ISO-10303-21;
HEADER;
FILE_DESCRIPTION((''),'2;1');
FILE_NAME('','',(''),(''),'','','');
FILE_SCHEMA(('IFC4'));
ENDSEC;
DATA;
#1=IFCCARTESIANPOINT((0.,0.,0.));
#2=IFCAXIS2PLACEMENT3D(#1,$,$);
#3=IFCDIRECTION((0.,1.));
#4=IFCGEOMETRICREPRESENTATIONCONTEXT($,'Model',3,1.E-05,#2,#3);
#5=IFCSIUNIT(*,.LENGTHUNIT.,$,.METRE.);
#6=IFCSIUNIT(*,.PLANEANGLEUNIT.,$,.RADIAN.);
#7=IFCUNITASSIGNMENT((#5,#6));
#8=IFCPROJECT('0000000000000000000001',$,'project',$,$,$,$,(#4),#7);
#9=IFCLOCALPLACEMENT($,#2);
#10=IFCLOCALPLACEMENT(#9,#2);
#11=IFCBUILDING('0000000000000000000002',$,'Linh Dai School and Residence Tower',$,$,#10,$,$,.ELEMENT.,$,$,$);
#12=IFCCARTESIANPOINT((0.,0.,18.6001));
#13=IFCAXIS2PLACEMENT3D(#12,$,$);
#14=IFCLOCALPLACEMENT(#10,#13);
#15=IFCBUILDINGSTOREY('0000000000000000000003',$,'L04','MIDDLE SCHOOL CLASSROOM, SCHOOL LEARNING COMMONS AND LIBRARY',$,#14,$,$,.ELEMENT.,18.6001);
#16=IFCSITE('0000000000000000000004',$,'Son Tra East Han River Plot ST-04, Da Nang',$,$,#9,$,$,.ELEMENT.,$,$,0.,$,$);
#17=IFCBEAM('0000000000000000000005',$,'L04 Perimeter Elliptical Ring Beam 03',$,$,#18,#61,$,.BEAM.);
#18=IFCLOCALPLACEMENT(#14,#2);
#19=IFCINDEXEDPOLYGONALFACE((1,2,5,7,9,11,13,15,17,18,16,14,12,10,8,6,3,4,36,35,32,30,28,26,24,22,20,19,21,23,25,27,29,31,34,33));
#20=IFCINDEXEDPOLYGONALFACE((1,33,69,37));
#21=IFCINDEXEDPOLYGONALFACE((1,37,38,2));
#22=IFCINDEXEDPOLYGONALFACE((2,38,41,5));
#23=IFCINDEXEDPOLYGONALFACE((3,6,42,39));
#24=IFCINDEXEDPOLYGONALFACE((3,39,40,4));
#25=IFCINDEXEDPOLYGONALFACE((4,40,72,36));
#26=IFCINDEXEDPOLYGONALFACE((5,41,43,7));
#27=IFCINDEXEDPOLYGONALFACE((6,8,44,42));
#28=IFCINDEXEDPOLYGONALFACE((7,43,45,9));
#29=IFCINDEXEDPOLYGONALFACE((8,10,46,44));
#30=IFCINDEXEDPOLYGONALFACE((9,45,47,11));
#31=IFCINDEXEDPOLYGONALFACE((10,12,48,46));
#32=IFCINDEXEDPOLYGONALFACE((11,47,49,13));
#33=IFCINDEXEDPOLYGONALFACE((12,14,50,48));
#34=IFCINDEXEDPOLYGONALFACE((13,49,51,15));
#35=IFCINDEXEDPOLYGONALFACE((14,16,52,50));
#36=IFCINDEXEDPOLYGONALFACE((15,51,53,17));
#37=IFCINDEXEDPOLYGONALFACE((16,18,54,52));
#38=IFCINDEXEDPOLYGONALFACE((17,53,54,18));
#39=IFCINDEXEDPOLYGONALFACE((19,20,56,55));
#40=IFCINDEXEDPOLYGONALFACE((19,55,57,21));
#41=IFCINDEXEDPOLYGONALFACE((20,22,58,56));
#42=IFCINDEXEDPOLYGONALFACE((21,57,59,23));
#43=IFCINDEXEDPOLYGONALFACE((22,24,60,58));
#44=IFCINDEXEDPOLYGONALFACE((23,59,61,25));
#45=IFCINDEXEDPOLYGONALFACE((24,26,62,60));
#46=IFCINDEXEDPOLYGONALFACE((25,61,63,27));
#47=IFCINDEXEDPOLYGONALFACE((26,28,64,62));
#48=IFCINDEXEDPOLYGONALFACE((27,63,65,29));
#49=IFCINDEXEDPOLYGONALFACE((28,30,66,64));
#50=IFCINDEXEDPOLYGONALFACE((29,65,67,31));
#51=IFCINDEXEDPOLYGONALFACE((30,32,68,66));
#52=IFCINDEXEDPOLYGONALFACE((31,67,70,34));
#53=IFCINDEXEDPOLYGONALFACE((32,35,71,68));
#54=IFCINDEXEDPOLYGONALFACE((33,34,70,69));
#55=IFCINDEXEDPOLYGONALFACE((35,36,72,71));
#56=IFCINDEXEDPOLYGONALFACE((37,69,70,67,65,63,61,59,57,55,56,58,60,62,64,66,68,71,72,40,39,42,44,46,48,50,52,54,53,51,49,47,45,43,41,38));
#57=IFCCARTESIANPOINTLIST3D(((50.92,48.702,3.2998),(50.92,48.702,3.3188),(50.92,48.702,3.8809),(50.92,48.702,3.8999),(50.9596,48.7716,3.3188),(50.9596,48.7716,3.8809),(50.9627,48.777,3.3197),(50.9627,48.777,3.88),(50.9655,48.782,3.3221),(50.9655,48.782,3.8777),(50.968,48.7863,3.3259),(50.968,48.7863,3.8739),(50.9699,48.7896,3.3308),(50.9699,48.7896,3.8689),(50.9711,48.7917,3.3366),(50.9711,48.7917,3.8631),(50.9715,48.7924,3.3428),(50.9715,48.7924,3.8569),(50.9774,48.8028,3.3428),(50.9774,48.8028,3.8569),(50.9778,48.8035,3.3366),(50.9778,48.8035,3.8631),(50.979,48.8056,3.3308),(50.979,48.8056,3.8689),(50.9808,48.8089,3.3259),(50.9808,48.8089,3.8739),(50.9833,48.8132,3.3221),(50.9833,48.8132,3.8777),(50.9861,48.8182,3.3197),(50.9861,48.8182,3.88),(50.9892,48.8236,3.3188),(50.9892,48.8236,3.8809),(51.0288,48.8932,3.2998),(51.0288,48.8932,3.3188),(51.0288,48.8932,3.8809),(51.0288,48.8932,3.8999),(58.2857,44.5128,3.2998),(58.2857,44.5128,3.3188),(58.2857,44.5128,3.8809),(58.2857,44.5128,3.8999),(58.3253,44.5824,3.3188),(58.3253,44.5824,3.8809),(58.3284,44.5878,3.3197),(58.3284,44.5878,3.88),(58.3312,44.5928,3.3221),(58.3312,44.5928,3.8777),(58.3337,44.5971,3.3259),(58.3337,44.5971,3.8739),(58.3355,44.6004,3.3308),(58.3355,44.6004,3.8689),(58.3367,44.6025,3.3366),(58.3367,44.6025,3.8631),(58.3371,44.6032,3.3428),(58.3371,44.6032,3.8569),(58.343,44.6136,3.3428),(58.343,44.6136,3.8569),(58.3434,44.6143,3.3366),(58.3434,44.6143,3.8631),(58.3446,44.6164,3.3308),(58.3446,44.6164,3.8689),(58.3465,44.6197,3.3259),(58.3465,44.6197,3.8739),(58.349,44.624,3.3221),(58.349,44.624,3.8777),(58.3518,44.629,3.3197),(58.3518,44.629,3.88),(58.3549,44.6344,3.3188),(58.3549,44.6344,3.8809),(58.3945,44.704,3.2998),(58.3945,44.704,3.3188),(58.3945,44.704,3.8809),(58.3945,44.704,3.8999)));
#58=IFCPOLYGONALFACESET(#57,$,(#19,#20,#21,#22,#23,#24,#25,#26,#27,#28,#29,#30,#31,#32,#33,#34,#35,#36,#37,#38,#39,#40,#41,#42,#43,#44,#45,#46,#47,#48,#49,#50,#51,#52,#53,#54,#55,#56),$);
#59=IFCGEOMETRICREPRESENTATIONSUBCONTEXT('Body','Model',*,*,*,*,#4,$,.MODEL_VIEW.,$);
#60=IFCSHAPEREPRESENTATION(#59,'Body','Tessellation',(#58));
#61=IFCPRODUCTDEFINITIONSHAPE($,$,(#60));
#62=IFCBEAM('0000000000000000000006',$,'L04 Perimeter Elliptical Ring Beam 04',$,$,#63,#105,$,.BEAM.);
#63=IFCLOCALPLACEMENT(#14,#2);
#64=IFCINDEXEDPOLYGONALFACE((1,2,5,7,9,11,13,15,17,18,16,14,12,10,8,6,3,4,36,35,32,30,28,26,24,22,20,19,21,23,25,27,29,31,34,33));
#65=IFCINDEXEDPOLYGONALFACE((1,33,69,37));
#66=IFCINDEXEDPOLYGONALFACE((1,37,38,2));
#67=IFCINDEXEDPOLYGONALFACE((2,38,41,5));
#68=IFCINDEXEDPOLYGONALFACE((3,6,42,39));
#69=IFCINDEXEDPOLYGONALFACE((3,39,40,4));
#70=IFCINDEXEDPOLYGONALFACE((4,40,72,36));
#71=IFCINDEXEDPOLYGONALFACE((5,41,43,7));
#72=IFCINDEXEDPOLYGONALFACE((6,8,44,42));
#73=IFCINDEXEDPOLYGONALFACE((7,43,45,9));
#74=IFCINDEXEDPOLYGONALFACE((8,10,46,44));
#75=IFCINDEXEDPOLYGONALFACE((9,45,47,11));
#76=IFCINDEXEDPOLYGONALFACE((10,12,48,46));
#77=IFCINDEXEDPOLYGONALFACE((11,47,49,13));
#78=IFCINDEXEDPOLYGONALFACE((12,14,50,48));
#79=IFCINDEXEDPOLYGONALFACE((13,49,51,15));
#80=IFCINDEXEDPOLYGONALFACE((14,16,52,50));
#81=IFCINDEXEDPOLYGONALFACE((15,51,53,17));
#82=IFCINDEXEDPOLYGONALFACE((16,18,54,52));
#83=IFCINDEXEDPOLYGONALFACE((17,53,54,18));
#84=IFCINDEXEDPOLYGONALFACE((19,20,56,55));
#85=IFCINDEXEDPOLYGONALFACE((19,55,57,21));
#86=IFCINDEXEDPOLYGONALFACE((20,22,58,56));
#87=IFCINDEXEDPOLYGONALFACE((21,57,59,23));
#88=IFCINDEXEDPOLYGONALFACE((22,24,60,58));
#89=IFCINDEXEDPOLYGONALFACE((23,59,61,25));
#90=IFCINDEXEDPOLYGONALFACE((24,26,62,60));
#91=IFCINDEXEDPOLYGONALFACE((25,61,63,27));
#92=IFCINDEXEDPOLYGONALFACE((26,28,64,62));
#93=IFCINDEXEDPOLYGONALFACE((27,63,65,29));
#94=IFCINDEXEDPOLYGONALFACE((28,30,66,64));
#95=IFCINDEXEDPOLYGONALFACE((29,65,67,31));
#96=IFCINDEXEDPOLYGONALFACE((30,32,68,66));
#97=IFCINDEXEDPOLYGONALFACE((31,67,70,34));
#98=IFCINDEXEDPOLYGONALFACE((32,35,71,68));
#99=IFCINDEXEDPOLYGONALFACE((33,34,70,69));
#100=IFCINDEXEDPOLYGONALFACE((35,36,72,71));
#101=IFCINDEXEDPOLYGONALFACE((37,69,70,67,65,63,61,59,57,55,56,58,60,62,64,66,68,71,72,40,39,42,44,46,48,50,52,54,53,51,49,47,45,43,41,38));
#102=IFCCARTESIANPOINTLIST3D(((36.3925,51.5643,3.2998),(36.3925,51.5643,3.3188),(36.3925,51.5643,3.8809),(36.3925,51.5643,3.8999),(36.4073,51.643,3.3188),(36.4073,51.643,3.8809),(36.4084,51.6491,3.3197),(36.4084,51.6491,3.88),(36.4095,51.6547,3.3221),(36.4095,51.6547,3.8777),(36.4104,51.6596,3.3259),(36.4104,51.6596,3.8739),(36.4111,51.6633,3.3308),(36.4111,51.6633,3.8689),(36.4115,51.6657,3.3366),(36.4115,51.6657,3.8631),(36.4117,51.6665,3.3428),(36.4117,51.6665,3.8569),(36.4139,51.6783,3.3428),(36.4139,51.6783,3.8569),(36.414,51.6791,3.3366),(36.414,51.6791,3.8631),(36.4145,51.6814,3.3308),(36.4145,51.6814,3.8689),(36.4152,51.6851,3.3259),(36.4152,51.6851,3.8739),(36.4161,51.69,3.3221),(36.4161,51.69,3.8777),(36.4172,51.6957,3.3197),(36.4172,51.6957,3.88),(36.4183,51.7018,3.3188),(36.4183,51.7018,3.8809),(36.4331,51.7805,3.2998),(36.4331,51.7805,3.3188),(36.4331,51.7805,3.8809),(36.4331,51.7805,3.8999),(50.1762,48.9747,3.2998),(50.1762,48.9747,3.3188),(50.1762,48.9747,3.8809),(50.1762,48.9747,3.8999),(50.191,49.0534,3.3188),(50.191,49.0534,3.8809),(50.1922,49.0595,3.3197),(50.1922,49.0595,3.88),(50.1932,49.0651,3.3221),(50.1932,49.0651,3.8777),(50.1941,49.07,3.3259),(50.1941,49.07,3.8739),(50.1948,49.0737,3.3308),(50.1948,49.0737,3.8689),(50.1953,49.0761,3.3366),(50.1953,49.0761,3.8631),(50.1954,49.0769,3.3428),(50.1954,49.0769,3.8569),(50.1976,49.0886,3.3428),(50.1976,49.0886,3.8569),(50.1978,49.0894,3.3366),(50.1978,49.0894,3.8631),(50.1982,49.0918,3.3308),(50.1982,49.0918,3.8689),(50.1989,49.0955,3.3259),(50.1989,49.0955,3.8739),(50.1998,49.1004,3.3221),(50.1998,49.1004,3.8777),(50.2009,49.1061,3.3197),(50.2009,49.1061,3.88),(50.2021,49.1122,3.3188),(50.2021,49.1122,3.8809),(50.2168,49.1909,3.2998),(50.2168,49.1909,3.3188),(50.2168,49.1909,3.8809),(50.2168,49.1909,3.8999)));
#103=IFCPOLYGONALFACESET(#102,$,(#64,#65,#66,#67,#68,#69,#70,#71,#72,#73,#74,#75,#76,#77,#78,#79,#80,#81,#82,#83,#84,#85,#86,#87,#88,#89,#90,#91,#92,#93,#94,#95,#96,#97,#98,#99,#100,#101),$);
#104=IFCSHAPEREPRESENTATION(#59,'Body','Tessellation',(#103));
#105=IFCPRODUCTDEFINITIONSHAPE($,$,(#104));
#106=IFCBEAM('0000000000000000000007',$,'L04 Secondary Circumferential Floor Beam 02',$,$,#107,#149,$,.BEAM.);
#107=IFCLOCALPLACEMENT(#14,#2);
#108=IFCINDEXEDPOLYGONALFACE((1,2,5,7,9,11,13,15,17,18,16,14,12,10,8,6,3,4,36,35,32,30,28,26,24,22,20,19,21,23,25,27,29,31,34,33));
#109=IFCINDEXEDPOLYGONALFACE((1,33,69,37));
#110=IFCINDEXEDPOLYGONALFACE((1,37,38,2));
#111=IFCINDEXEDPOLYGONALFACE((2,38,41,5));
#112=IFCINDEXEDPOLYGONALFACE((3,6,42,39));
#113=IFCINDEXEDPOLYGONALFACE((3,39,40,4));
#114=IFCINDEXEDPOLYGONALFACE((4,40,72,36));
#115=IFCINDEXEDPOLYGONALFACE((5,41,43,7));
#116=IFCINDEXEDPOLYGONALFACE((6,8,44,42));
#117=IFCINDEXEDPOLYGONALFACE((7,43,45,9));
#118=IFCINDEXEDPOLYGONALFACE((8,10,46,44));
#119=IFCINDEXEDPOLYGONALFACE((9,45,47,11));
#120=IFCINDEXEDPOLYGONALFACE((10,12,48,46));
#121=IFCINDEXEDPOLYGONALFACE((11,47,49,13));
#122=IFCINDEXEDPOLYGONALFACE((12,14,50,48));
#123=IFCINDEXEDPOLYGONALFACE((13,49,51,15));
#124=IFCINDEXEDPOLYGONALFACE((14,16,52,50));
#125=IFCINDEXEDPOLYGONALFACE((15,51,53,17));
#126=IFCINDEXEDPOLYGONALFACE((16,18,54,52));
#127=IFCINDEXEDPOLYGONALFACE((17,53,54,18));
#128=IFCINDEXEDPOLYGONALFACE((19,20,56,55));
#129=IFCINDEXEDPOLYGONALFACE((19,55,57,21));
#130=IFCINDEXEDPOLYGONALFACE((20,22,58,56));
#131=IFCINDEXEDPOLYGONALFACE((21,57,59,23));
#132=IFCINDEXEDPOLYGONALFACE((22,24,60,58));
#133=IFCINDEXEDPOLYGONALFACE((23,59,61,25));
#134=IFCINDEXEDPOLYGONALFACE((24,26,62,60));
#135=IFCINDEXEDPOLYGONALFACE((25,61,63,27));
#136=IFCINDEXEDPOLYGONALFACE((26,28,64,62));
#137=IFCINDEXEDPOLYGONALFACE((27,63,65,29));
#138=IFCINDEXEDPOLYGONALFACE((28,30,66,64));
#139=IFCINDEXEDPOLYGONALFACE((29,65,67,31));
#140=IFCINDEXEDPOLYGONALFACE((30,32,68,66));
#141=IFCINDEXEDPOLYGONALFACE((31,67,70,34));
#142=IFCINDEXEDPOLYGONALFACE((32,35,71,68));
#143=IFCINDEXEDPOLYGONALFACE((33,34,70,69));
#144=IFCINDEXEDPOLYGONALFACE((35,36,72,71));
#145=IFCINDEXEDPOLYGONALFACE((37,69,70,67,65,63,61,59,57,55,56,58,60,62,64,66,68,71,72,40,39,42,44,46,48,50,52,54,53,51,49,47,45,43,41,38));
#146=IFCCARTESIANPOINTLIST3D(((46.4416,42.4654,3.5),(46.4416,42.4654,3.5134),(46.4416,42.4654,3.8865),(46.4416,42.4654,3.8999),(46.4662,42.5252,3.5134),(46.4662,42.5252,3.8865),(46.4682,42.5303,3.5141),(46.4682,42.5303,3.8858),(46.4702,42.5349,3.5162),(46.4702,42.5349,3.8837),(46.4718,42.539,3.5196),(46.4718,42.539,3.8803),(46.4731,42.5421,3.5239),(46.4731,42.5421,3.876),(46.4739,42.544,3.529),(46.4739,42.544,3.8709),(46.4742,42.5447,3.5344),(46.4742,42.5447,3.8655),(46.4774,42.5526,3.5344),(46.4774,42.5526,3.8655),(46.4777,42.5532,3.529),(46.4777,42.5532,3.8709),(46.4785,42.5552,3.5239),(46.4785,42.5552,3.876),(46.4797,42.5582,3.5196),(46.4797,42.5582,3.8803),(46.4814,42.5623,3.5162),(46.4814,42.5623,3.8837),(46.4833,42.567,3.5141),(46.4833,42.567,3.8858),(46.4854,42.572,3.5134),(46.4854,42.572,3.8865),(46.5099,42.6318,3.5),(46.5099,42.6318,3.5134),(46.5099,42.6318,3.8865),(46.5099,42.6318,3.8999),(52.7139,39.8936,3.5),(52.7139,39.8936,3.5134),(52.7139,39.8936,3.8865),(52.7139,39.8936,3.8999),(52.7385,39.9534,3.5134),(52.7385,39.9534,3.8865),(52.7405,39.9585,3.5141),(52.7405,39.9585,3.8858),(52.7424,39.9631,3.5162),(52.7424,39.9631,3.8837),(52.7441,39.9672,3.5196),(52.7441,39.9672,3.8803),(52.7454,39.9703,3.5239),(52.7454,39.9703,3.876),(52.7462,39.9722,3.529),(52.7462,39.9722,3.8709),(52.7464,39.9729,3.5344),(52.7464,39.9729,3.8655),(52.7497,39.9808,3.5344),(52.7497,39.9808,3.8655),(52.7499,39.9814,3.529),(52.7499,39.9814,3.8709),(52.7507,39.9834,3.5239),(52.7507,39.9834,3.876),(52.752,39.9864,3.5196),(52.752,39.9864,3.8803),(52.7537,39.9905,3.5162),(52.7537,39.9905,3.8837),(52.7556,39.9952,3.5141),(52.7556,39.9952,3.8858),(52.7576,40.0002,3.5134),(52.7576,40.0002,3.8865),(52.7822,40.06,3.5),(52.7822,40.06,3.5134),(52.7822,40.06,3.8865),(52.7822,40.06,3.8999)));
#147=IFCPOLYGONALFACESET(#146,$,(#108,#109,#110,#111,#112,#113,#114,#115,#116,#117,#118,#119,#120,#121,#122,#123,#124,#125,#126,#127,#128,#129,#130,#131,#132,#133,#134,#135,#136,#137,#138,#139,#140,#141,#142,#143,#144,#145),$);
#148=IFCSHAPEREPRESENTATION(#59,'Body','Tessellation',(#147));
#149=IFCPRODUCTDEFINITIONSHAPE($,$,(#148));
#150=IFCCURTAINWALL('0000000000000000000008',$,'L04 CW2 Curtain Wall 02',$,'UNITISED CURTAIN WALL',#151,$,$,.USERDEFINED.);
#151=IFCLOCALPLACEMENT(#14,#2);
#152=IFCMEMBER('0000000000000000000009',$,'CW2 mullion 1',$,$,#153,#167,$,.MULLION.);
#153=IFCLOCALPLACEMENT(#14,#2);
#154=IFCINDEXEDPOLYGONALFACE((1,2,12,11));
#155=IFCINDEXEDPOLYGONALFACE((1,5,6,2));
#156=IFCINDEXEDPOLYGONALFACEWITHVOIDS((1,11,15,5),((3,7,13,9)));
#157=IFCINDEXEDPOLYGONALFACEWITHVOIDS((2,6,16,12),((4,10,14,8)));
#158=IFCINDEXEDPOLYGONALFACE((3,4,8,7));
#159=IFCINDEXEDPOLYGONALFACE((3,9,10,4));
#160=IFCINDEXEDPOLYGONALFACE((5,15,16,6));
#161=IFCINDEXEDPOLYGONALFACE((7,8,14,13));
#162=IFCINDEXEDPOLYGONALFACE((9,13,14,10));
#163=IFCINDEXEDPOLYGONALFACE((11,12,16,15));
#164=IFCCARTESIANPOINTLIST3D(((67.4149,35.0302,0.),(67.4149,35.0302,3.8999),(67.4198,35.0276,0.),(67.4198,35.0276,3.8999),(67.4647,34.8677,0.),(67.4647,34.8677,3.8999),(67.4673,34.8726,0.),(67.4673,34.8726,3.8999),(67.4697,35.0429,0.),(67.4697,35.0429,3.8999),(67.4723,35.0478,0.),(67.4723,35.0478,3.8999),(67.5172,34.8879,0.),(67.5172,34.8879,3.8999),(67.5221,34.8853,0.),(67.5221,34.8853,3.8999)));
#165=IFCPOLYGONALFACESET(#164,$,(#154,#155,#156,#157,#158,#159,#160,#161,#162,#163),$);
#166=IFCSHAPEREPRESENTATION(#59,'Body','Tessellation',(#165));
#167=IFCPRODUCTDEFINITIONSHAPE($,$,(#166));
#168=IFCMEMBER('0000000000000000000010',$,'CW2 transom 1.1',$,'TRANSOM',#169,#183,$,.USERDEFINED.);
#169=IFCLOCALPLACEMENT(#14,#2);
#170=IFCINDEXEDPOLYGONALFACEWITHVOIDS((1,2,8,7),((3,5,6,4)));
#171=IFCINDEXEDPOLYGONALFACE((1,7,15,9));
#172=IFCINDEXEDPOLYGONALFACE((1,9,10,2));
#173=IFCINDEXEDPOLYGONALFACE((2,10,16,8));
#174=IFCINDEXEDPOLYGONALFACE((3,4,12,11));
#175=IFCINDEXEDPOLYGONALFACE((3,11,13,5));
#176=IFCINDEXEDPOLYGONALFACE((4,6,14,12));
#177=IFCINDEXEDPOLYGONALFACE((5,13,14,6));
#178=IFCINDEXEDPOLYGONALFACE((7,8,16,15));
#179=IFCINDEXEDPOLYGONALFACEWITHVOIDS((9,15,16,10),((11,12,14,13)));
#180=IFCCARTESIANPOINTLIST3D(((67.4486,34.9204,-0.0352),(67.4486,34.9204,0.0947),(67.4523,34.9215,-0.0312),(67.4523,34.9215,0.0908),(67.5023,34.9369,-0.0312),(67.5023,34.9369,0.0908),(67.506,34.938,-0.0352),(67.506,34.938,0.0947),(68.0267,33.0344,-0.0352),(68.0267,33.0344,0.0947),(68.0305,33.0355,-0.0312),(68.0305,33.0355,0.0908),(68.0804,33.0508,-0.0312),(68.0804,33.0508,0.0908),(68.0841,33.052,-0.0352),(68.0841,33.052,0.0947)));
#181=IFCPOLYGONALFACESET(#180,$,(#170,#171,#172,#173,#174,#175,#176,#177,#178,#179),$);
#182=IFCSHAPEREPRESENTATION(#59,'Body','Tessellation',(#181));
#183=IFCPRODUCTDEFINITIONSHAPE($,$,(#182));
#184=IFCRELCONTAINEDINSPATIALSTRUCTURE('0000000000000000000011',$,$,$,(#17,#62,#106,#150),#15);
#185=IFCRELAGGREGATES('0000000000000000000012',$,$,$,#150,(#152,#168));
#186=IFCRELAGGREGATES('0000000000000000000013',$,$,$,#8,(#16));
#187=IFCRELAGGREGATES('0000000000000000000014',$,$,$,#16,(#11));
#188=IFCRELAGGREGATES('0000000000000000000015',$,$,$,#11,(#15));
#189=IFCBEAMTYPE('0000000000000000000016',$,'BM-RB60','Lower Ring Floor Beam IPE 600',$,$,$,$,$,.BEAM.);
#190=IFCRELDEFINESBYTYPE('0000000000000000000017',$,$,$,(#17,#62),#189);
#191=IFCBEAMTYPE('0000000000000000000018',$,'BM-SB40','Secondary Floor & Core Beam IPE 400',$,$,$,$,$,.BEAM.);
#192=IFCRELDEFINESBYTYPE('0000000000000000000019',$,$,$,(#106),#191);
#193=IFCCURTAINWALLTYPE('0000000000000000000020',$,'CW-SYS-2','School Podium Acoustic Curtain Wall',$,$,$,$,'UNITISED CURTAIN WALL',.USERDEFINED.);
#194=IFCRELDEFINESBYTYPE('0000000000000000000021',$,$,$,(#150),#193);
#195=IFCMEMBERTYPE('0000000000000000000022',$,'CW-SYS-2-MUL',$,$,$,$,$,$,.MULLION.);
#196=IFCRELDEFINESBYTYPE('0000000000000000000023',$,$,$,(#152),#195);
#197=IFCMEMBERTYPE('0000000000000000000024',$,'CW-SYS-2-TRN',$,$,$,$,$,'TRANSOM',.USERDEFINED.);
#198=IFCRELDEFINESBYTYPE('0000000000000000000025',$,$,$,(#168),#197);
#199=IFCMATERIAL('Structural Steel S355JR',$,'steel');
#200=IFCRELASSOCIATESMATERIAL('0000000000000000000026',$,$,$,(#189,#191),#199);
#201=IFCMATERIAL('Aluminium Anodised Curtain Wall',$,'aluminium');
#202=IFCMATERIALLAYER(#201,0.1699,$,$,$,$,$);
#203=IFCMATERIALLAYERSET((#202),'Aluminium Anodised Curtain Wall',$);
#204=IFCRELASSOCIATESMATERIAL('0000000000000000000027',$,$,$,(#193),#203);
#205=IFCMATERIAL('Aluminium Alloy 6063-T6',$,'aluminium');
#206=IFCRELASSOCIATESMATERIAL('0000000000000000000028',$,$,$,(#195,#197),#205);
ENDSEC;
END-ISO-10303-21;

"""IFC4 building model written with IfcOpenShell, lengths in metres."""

from ifc_helpers import new_model, si_unit, direction, frame, origin, origin_2d, place, context, subcontext, project, spatial, hollow_rectangle, i_section, extrude, source, transform, mapped, material, layer, layer_set, material_profile, profile_set, type_object, element, aggregate, save


model = new_model("IFC4")

# Units and contexts
model_context = context("Model", 3, precision=1e-05, world=origin(), true_north=direction((0.0, 1.0)))
body_context = subcontext(model_context, "Body", "Model", "MODEL_VIEW")
ifc_project = project(units=[si_unit("LENGTHUNIT", "METRE"), si_unit("PLANEANGLEUNIT", "RADIAN")], contexts=[model_context])

# Site, building, storey
site_placement = place(None, origin())
site = spatial("IfcSite", under=ifc_project, at=site_placement, Name="Son Tra East Han River Plot ST-04, Da Nang", CompositionType="ELEMENT", RefElevation=0.0)
building_placement = place(site_placement, origin())
building = spatial("IfcBuilding", under=site, at=building_placement, Name="Linh Dai School and Residence Tower", CompositionType="ELEMENT")
storey_placement = place(building_placement, frame((0.0, 0.0, 18.6001)))
storey = spatial("IfcBuildingStorey", under=building, at=storey_placement, Name="L04", Description="MIDDLE SCHOOL CLASSROOM, SCHOOL LEARNING COMMONS AND LIBRARY", CompositionType="ELEMENT", Elevation=18.6001)

# Shared definitions
ifc_material_1 = material(Name="Structural Steel S355JR", Category="steel")

# Beams
ifc_material_profile_1 = material_profile(ifc_material_1, i_section(OverallWidth=0.22, OverallDepth=0.6001, WebThickness=0.012, FlangeThickness=0.019, FilletRadius=0.0239, at=origin_2d()), Name="IPE 600")
ifc_profile_set_1 = profile_set([ifc_material_profile_1], Name="Structural Steel S355JR")
beam_type_1 = type_object("IfcBeamType", Name="BM-RB60", Description="Lower Ring Floor Beam IPE 600", PredefinedType="BEAM", material=ifc_profile_set_1)
beam_1_placement = place(storey_placement, frame((58.3401, 44.6084, 3.5999), z_axis=(-0.869247, 0.494379, 0.0), x_axis=(-0.494379, -0.869247, 0.0)))
element("IfcBeam", 1, at=beam_1_placement, inside=storey, type_object=beam_type_1, Name="L04 Perimeter Elliptical Ring Beam 03", PredefinedType="BEAM", context=body_context, shape_type="SweptSolid", body=[
    extrude(i_section(OverallWidth=0.22, OverallDepth=0.6001, WebThickness=0.012, FlangeThickness=0.019, FilletRadius=0.0239, at=origin_2d()), origin(), (0.0, 0.0, 1.0), 8.4736),
])
beam_2_placement = place(storey_placement, frame((50.1965, 49.0828, 3.5999), z_axis=(-0.982806, 0.184644, 0.0), x_axis=(-0.184644, -0.982806, 0.0)))
element("IfcBeam", 2, at=beam_2_placement, inside=storey, type_object=beam_type_1, Name="L04 Perimeter Elliptical Ring Beam 04", PredefinedType="BEAM", context=body_context, shape_type="SweptSolid", body=[
    extrude(i_section(OverallWidth=0.22, OverallDepth=0.6001, WebThickness=0.012, FlangeThickness=0.019, FilletRadius=0.0239, at=origin_2d()), origin(), (0.0, 0.0, 1.0), 14.0249),
])
ifc_material_profile_2 = material_profile(ifc_material_1, i_section(OverallWidth=0.1799, OverallDepth=0.3999, WebThickness=0.0085, FlangeThickness=0.0134, FilletRadius=0.021, at=origin_2d()), Name="IPE 400")
ifc_profile_set_2 = profile_set([ifc_material_profile_2], Name="Structural Steel S355JR")
beam_type_2 = type_object("IfcBeamType", Name="BM-SB40", Description="Secondary Floor & Core Beam IPE 400", PredefinedType="BEAM", material=ifc_profile_set_2)
beam_3_placement = place(storey_placement, frame((52.748, 39.9768, 3.7), z_axis=(-0.925243, 0.379375, 0.0), x_axis=(-0.379375, -0.925243, 0.0)))
element("IfcBeam", 3, at=beam_3_placement, inside=storey, type_object=beam_type_2, Name="L04 Secondary Circumferential Floor Beam 02", PredefinedType="BEAM", context=body_context, shape_type="SweptSolid", body=[
    extrude(i_section(OverallWidth=0.1799, OverallDepth=0.3999, WebThickness=0.0085, FlangeThickness=0.0134, FilletRadius=0.021, at=origin_2d()), origin(), (0.0, 0.0, 1.0), 6.7791),
])

# Curtain wall, members
ifc_material_2 = material(Name="Aluminium Anodised Curtain Wall", Category="aluminium")
ifc_layer_1 = layer(ifc_material_2, 0.1699)
ifc_layer_set_1 = layer_set([ifc_layer_1], Name="Aluminium Anodised Curtain Wall")
curtain_wall_type = type_object("IfcCurtainWallType", Name="CW-SYS-2", Description="School Podium Acoustic Curtain Wall", ElementType="UNITISED CURTAIN WALL", PredefinedType="USERDEFINED", material=ifc_layer_set_1)
curtain_wall_placement = place(storey_placement, origin())
curtain_wall = element("IfcCurtainWall", 4, at=curtain_wall_placement, inside=storey, type_object=curtain_wall_type, Name="L04 CW2 Curtain Wall 02", ObjectType="UNITISED CURTAIN WALL", PredefinedType="USERDEFINED")
ifc_material_3 = material(Name="Aluminium Alloy 6063-T6", Category="aluminium")
ifc_material_profile_3 = material_profile(ifc_material_3, hollow_rectangle(XDim=0.0601, YDim=0.1699, WallThickness=0.0039, at=origin_2d()), Name="RHS 170x60x4")
ifc_profile_set_3 = profile_set([ifc_material_profile_3], Name="Aluminium Alloy 6063-T6")
member_type_1 = type_object("IfcMemberType", Name="CW-SYS-2-MUL", PredefinedType="MULLION", material=ifc_profile_set_3)
shared_shape_1 = source(origin(), body_context, "Body", "SweptSolid", [
    extrude(hollow_rectangle(XDim=0.0601, YDim=0.1699, WallThickness=0.0039, at=origin_2d()), origin(), (0.0, 0.0, 1.0), 3.8999),
])
member_1_placement = place(storey_placement, frame((67.4685, 34.9578, 0.0), z_axis=(0.0, 0.0, 1.0), x_axis=(0.956081, 0.293104, 0.0)))
member_1 = element("IfcMember", 5, at=member_1_placement, type_object=member_type_1, Name="CW2 mullion 1", PredefinedType="MULLION", context=body_context, shape_type="MappedRepresentation", body=[
    mapped(shared_shape_1, transform((0.0, 0.0, 0.0), x_axis=(1.0, 0.0, 0.0), y_axis=(0.0, 1.0, 0.0), z_axis=(0.0, 0.0, 1.0), scale=1.0)),
])
ifc_material_profile_4 = material_profile(ifc_material_3, hollow_rectangle(XDim=0.0601, YDim=0.1299, WallThickness=0.0039, at=origin_2d()), Name="RHS 130x60x4")
ifc_profile_set_4 = profile_set([ifc_material_profile_4], Name="Aluminium Alloy 6063-T6")
member_type_2 = type_object("IfcMemberType", Name="CW-SYS-2-TRN", ElementType="TRANSOM", PredefinedType="USERDEFINED", material=ifc_profile_set_4)
shared_shape_2 = source(origin(), body_context, "Body", "SweptSolid", [
    extrude(hollow_rectangle(XDim=0.0601, YDim=0.1299, WallThickness=0.0039, at=origin_2d()), origin(), (0.0, 0.0, 1.0), 1.9727),
])
member_2_placement = place(storey_placement, frame((67.4773, 34.9292, 0.0298), z_axis=(0.293077, -0.956089, 0.0), x_axis=(0.956089, 0.293077, 0.0)))
member_2 = element("IfcMember", 6, at=member_2_placement, type_object=member_type_2, Name="CW2 transom 1.1", ObjectType="TRANSOM", PredefinedType="USERDEFINED", context=body_context, shape_type="MappedRepresentation", body=[
    mapped(shared_shape_2, transform((0.0, 0.0, 0.0), x_axis=(1.0, 0.0, 0.0), y_axis=(0.0, 1.0, 0.0), z_axis=(0.0, 0.0, 1.0), scale=1.0)),
])
aggregate(curtain_wall, [member_1, member_2])

save(model, "model.ifc")
